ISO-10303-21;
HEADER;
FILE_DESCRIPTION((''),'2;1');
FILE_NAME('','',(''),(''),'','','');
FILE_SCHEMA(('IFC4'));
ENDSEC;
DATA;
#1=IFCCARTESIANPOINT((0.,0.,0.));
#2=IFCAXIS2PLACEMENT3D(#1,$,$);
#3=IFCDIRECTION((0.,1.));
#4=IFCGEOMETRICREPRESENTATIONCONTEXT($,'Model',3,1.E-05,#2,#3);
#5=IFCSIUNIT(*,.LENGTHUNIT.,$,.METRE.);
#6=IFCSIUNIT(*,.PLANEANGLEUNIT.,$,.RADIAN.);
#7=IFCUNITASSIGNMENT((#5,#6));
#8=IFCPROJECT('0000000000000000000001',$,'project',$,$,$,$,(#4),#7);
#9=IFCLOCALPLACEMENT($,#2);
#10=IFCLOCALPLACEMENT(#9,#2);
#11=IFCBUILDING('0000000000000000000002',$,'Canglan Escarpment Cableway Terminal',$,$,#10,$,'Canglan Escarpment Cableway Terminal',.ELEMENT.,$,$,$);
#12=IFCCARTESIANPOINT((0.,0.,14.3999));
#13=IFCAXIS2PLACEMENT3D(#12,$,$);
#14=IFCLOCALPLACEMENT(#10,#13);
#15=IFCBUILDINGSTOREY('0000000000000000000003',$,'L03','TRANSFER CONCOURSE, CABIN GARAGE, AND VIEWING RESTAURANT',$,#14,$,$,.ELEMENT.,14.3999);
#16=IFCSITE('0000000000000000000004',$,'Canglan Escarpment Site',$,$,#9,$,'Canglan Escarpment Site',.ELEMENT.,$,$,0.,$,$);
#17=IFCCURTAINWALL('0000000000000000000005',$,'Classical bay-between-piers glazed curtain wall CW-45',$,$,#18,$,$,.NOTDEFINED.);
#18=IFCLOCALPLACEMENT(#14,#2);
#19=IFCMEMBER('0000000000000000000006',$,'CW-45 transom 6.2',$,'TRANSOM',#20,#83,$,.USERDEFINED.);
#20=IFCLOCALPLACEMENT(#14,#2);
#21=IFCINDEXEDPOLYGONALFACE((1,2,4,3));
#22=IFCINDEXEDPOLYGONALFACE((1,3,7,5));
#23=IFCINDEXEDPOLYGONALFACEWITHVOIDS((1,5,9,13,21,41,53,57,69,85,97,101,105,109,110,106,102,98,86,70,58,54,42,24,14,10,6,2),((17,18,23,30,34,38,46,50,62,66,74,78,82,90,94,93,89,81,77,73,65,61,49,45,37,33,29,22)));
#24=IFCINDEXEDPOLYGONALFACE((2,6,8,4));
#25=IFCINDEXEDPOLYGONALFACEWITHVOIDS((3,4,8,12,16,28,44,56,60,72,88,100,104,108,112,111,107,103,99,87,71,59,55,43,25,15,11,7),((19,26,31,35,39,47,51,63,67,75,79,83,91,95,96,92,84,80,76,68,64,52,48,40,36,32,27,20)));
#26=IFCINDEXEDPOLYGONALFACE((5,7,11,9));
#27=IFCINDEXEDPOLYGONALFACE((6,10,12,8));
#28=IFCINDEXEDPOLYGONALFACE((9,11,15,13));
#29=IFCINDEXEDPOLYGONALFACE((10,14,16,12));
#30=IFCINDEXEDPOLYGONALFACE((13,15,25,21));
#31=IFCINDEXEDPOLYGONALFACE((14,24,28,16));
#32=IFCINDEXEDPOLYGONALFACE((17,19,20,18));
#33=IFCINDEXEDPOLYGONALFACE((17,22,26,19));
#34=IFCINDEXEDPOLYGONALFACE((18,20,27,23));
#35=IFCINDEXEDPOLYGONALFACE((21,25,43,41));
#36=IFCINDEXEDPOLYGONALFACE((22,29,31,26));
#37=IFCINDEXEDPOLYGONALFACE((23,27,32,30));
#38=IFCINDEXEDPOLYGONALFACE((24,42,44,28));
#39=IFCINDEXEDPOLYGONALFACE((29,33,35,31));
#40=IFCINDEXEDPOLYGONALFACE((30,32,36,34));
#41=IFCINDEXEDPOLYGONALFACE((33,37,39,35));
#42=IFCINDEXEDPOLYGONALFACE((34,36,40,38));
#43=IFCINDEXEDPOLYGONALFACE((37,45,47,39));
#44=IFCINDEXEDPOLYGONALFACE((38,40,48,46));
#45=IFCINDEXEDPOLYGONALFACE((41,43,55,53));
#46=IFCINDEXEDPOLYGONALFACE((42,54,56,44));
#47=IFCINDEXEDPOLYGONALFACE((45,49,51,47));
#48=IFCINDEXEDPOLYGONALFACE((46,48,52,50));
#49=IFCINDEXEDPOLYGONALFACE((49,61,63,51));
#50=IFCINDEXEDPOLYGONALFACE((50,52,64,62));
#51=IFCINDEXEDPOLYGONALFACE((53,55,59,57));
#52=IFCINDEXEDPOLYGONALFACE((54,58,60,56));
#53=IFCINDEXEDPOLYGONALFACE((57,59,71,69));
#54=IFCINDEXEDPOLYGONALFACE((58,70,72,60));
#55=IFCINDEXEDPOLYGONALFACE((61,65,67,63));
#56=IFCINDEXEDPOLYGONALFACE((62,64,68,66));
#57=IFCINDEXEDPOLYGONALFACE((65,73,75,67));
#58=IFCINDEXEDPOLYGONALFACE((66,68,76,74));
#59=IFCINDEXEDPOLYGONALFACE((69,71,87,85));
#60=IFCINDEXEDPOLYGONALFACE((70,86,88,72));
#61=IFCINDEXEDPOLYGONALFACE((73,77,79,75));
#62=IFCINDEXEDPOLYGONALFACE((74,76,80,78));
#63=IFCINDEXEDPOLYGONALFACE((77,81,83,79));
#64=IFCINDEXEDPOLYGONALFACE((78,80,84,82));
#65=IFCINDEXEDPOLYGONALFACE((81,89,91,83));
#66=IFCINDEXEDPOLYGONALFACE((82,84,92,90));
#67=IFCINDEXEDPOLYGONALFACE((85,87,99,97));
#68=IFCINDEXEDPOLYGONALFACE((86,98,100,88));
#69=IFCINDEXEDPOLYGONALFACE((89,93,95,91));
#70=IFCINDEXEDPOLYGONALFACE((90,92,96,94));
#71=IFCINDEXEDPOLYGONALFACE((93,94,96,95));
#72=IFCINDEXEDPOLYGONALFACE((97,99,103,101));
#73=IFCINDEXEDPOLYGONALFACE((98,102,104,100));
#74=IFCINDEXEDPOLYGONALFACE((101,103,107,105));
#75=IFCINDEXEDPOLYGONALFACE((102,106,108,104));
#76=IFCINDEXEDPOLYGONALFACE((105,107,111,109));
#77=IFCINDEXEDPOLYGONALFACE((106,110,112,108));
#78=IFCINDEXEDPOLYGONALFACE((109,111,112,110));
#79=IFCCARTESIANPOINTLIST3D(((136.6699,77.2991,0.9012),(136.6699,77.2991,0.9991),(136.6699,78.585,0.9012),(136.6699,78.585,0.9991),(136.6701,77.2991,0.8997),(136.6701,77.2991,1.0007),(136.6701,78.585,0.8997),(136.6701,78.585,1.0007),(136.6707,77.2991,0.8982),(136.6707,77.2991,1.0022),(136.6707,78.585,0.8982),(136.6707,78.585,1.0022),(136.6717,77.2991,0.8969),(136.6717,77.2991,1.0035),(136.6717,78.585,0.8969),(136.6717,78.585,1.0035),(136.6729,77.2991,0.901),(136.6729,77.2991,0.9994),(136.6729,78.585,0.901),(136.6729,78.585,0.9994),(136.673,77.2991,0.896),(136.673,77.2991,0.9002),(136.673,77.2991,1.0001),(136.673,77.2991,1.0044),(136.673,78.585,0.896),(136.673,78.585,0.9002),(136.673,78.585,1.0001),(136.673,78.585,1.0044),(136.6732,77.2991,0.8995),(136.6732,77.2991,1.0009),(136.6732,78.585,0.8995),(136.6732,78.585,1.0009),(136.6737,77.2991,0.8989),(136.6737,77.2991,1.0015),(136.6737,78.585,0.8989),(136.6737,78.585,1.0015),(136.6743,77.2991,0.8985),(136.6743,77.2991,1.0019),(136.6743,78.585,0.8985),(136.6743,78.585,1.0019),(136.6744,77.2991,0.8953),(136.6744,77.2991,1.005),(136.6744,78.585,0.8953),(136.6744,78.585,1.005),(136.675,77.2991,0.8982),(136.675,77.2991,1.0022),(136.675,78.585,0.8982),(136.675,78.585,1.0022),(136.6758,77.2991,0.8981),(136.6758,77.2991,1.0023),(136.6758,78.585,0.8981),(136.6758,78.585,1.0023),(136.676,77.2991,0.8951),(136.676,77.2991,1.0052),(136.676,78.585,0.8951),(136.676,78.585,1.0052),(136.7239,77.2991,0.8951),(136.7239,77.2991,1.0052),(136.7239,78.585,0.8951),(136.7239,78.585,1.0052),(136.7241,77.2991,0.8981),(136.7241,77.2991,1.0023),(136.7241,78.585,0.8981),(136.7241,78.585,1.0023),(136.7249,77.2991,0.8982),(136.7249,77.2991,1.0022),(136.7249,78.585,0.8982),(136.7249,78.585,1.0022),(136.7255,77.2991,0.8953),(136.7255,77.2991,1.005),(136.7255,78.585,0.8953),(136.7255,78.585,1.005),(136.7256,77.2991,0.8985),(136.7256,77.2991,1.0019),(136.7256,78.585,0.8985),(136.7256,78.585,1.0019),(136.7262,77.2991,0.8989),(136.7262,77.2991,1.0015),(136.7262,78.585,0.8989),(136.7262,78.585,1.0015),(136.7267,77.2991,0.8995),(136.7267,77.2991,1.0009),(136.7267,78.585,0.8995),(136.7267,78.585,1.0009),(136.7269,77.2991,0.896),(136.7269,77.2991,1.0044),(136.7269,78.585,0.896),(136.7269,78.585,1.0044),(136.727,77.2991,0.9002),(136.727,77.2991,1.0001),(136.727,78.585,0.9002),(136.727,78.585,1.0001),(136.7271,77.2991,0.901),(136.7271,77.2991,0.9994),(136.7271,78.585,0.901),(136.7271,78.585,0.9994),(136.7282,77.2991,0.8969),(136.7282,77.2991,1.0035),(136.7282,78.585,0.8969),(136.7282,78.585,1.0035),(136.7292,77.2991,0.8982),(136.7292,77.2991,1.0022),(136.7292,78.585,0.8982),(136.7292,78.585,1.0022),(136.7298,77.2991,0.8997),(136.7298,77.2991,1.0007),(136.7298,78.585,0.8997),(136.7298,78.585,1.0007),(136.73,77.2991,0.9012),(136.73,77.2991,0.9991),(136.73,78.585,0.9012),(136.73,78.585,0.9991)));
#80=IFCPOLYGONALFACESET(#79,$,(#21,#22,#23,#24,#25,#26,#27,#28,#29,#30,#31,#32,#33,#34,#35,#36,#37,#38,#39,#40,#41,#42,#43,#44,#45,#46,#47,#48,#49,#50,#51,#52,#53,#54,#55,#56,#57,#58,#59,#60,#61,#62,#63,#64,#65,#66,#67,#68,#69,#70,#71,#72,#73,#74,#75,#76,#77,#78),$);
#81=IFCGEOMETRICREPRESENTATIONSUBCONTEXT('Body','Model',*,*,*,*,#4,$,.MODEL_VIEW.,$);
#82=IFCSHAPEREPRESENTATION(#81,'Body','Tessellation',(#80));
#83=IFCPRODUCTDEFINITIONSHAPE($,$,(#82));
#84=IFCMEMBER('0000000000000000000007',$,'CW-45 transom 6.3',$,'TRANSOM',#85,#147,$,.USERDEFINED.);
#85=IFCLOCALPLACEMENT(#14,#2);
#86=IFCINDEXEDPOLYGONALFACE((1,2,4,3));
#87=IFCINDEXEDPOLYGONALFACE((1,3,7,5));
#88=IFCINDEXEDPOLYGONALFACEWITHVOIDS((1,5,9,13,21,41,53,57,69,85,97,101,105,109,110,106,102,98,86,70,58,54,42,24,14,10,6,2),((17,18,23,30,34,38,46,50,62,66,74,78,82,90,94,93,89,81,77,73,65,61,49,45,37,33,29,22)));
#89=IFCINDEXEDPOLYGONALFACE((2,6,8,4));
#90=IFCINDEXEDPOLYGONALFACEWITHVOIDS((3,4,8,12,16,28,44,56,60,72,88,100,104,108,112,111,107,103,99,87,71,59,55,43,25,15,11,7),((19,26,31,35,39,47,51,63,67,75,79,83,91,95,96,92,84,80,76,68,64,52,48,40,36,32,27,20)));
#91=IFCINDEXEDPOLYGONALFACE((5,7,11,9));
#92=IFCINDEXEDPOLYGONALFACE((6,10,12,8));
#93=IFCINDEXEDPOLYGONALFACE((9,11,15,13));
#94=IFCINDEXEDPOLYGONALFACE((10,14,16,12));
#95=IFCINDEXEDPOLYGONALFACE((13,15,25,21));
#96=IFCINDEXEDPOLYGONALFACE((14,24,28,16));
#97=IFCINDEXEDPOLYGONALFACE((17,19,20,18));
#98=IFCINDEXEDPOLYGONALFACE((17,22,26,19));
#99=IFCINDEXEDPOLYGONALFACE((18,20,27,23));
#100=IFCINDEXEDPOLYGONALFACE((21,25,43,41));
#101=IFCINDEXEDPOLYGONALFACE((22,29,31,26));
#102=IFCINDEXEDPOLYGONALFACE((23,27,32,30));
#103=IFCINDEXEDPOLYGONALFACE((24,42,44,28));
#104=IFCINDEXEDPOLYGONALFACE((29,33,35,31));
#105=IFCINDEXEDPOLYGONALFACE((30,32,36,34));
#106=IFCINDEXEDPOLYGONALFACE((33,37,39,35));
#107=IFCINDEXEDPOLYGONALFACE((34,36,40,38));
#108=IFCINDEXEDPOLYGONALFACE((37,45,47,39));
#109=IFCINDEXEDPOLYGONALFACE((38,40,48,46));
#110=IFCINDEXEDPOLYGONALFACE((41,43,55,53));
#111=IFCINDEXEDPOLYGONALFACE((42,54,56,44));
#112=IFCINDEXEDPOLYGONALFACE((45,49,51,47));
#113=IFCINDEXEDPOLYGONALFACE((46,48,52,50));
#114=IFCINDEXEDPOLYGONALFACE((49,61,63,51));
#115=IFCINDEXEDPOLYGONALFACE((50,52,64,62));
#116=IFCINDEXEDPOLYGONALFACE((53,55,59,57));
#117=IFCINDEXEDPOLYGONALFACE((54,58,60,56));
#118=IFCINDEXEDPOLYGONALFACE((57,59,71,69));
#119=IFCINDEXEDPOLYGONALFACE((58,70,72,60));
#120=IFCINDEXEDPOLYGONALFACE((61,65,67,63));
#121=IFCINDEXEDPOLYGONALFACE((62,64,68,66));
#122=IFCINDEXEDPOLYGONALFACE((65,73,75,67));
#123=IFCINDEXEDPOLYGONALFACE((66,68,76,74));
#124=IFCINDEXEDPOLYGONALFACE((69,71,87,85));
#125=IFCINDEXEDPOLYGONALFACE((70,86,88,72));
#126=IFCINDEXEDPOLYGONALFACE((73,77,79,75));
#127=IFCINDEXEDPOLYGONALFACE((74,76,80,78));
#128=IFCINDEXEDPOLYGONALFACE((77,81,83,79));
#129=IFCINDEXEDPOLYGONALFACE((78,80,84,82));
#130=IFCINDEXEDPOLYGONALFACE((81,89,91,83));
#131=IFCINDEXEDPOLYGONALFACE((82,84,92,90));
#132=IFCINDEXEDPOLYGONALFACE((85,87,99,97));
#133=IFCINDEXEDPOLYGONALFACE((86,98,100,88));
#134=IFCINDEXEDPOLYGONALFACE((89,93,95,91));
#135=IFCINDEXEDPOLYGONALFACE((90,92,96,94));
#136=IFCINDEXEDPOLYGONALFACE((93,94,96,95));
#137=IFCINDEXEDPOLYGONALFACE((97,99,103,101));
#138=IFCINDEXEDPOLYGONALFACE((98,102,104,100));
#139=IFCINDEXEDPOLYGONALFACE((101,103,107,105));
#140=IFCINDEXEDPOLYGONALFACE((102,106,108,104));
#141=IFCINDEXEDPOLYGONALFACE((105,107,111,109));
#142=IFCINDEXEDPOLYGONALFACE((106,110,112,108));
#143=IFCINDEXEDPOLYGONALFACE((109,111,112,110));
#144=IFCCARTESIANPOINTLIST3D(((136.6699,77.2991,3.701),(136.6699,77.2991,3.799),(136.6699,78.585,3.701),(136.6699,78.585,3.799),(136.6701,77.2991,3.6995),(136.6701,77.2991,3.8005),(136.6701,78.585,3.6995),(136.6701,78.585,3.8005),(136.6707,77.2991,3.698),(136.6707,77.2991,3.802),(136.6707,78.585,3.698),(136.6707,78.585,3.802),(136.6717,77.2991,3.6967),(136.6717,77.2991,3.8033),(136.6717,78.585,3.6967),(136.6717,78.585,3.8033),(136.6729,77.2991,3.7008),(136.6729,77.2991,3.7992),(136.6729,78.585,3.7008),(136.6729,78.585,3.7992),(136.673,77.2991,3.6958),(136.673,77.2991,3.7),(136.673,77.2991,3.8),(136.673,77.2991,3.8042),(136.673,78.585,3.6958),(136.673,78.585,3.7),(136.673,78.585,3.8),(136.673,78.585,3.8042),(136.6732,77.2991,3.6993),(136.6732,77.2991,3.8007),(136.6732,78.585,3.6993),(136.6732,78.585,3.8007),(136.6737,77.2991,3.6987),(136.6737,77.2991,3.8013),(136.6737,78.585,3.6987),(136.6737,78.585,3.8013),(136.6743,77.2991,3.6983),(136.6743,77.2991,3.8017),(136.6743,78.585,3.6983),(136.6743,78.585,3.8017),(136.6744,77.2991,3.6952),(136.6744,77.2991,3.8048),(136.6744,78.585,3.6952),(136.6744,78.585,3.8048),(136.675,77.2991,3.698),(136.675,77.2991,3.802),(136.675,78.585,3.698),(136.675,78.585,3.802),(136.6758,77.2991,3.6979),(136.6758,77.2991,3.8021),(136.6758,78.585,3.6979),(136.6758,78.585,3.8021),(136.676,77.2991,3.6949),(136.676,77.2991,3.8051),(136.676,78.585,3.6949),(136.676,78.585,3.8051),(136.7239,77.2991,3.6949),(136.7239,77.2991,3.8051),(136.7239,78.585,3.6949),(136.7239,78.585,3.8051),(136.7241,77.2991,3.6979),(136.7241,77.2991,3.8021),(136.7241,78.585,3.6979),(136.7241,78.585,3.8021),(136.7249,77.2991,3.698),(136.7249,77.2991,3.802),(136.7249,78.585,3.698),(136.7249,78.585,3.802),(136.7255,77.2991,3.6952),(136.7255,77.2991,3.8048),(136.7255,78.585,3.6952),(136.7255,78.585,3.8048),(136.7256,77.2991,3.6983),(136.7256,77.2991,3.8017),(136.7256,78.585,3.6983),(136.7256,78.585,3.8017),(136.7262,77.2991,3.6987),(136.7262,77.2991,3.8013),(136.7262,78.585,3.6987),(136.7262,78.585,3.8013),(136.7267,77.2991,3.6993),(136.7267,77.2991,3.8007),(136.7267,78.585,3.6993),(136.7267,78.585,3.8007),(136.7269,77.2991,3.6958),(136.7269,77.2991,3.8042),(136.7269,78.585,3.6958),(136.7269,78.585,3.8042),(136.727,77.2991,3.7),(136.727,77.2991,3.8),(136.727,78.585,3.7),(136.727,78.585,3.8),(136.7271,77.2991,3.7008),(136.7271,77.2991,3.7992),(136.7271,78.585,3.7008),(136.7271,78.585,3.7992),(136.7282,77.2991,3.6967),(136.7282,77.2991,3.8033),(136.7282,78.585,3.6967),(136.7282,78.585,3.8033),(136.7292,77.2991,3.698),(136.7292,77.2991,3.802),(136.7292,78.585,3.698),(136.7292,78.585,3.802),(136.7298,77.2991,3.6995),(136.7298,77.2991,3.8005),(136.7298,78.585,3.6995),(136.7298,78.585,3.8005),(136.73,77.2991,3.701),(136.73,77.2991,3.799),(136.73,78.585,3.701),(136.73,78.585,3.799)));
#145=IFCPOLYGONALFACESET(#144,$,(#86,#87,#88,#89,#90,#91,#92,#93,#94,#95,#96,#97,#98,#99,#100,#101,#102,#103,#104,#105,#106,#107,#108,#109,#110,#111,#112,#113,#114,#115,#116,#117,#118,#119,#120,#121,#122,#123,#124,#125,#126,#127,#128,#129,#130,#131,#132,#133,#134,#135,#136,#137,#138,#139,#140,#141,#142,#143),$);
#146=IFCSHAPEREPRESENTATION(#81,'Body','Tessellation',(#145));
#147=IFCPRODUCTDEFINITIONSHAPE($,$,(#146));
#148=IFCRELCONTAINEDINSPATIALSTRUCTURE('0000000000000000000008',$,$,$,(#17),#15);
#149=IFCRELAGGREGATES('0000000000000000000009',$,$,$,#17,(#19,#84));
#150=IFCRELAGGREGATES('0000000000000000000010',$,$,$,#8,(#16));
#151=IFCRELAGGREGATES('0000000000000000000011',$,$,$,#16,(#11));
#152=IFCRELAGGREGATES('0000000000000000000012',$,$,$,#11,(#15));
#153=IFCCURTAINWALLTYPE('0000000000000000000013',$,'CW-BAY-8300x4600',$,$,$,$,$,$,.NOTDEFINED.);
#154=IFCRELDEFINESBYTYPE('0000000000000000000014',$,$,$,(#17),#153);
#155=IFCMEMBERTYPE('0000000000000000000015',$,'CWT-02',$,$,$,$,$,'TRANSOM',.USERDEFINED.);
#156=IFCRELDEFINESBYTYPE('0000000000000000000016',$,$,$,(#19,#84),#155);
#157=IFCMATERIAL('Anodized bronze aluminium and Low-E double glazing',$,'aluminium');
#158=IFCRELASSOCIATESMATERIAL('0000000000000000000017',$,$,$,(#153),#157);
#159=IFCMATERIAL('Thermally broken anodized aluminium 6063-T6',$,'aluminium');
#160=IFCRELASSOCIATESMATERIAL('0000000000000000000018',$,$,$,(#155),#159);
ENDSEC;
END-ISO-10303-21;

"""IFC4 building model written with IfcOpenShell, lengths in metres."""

from ifc_helpers import new_model, si_unit, direction, frame, origin, origin_2d, place, context, subcontext, project, spatial, hollow_rectangle, extrude, material, material_profile, profile_set, type_object, element, aggregate, save


model = new_model("IFC4")

# Units and contexts
model_context = context("Model", 3, precision=1e-05, world=origin(), true_north=direction((0.0, 1.0)))
body_context = subcontext(model_context, "Body", "Model", "MODEL_VIEW")
ifc_project = project(units=[si_unit("LENGTHUNIT", "METRE"), si_unit("PLANEANGLEUNIT", "RADIAN")], contexts=[model_context])

# Site, building, storey
site_placement = place(None, origin())
site = spatial("IfcSite", under=ifc_project, at=site_placement, Name="Canglan Escarpment Site", LongName="Canglan Escarpment Site", CompositionType="ELEMENT", RefElevation=0.0)
building_placement = place(site_placement, origin())
building = spatial("IfcBuilding", under=site, at=building_placement, Name="Canglan Escarpment Cableway Terminal", LongName="Canglan Escarpment Cableway Terminal", CompositionType="ELEMENT")
storey_placement = place(building_placement, frame((0.0, 0.0, 14.3999)))
storey = spatial("IfcBuildingStorey", under=building, at=storey_placement, Name="L03", Description="TRANSFER CONCOURSE, CABIN GARAGE, AND VIEWING RESTAURANT", CompositionType="ELEMENT", Elevation=14.3999)

# Curtain wall, members
ifc_material_1 = material(Name="Anodized bronze aluminium and Low-E double glazing", Category="aluminium")
curtain_wall_type = type_object("IfcCurtainWallType", Name="CW-BAY-8300x4600", PredefinedType="NOTDEFINED", material=ifc_material_1)
curtain_wall_placement = place(storey_placement, origin())
curtain_wall = element("IfcCurtainWall", 1, at=curtain_wall_placement, inside=storey, type_object=curtain_wall_type, Name="Classical bay-between-piers glazed curtain wall CW-45", PredefinedType="NOTDEFINED")
ifc_material_2 = material(Name="Thermally broken anodized aluminium 6063-T6", Category="aluminium")
ifc_material_profile_1 = material_profile(ifc_material_2, hollow_rectangle(XDim=0.0601, YDim=0.1101, WallThickness=0.0029, InnerFilletRadius=0.0029, OuterFilletRadius=0.0061, at=origin_2d()), Name="ALU-TRAN 60x110x3")
ifc_profile_set_1 = profile_set([ifc_material_profile_1], Name="Thermally broken anodized aluminium 6063-T6")
member_type_1 = type_object("IfcMemberType", Name="CWT-02", ElementType="TRANSOM", PredefinedType="USERDEFINED", material=ifc_profile_set_1)
member_1_placement = place(storey_placement, frame((136.7, 77.2991, 0.9502), z_axis=(0.0, 1.0, 0.0), x_axis=(-1.0, 0.0, 0.0)))
member_1 = element("IfcMember", 2, at=member_1_placement, type_object=member_type_1, Name="CW-45 transom 6.2", ObjectType="TRANSOM", PredefinedType="USERDEFINED", context=body_context, shape_type="SweptSolid", body=[
    extrude(hollow_rectangle(XDim=0.0601, YDim=0.1101, WallThickness=0.0029, InnerFilletRadius=0.0029, OuterFilletRadius=0.0061, at=origin_2d()), origin(), (0.0, 0.0, 1.0), 1.2859),
])
member_2_placement = place(storey_placement, frame((136.7, 77.2991, 3.75), z_axis=(0.0, 1.0, 0.0), x_axis=(-1.0, 0.0, 0.0)))
member_2 = element("IfcMember", 3, at=member_2_placement, type_object=member_type_1, Name="CW-45 transom 6.3", ObjectType="TRANSOM", PredefinedType="USERDEFINED", context=body_context, shape_type="SweptSolid", body=[
    extrude(hollow_rectangle(XDim=0.0601, YDim=0.1101, WallThickness=0.0029, InnerFilletRadius=0.0029, OuterFilletRadius=0.0061, at=origin_2d()), origin(), (0.0, 0.0, 1.0), 1.2859),
])
aggregate(curtain_wall, [member_1, member_2])

save(model, "model.ifc")
